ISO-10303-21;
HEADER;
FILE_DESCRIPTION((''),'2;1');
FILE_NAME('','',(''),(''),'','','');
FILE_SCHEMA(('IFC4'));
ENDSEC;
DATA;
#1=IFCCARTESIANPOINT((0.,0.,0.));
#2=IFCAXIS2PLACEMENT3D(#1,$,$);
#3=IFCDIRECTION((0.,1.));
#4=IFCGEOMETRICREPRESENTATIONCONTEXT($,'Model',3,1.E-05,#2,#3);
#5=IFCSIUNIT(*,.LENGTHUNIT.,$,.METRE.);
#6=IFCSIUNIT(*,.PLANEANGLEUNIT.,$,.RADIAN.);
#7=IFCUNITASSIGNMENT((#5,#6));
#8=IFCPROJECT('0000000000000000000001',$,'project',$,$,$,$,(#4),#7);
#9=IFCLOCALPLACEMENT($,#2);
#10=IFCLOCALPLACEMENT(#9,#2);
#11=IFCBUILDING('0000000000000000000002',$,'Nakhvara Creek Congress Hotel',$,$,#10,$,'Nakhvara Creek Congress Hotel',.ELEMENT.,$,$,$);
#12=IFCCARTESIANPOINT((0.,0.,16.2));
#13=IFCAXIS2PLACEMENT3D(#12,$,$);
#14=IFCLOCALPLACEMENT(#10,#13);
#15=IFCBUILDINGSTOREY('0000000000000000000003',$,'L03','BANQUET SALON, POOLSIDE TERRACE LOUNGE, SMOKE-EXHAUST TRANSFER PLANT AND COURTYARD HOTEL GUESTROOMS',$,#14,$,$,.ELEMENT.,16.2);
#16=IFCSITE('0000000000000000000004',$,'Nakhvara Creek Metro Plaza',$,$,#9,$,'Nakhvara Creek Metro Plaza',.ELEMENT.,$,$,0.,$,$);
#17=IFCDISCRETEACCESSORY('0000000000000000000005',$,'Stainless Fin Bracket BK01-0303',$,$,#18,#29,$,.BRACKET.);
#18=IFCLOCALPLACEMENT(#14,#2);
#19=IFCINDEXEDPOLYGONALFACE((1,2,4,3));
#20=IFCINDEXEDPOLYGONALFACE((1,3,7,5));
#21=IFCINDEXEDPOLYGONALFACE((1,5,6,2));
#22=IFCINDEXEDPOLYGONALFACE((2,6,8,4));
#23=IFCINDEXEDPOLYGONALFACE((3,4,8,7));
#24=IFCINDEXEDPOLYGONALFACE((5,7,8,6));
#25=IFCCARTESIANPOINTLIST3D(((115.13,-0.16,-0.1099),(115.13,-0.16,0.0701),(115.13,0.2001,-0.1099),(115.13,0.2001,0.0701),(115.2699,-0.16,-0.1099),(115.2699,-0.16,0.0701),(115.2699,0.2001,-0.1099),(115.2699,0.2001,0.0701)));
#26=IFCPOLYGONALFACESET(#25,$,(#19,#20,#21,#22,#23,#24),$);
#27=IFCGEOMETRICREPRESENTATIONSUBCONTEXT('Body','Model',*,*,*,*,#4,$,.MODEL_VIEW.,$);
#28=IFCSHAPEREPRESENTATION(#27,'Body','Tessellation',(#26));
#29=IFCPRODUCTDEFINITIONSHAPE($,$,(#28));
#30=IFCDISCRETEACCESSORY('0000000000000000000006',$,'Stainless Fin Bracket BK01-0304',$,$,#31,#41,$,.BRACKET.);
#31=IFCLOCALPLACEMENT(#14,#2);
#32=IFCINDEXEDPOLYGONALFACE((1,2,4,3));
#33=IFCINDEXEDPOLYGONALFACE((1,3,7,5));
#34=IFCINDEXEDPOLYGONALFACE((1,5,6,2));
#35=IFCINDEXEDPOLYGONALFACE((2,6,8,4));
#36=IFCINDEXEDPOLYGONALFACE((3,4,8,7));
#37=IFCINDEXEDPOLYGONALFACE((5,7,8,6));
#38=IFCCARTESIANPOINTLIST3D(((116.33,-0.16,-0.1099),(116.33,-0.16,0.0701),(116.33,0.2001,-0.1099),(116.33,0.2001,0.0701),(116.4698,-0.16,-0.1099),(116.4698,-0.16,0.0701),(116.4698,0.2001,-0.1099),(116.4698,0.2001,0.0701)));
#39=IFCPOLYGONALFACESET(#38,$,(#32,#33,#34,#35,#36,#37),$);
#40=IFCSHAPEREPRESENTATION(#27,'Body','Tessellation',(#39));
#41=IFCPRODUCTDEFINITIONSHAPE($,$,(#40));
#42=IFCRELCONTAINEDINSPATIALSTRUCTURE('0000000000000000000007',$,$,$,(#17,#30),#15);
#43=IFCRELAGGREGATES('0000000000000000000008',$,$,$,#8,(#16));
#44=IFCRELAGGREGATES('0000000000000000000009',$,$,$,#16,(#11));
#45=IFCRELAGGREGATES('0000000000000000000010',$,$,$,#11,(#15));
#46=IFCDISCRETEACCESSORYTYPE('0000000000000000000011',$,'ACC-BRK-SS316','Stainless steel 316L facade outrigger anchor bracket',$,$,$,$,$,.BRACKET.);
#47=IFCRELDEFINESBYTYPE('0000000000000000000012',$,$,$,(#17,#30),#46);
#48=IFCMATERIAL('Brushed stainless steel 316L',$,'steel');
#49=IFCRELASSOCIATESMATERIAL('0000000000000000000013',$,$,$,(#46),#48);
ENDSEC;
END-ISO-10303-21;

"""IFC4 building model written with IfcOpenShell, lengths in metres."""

from ifc_helpers import new_model, si_unit, direction, frame, origin, origin_2d, place, context, subcontext, project, spatial, rectangle, extrude, material, type_object, element, save


model = new_model("IFC4")

# Units and contexts
model_context = context("Model", 3, precision=1e-05, world=origin(), true_north=direction((0.0, 1.0)))
body_context = subcontext(model_context, "Body", "Model", "MODEL_VIEW")
ifc_project = project(units=[si_unit("LENGTHUNIT", "METRE"), si_unit("PLANEANGLEUNIT", "RADIAN")], contexts=[model_context])

# Site, building, storey
site_placement = place(None, origin())
site = spatial("IfcSite", under=ifc_project, at=site_placement, Name="Nakhvara Creek Metro Plaza", LongName="Nakhvara Creek Metro Plaza", CompositionType="ELEMENT", RefElevation=0.0)
building_placement = place(site_placement, origin())
building = spatial("IfcBuilding", under=site, at=building_placement, Name="Nakhvara Creek Congress Hotel", LongName="Nakhvara Creek Congress Hotel", CompositionType="ELEMENT")
storey_placement = place(building_placement, frame((0.0, 0.0, 16.2)))
storey = spatial("IfcBuildingStorey", under=building, at=storey_placement, Name="L03", Description="BANQUET SALON, POOLSIDE TERRACE LOUNGE, SMOKE-EXHAUST TRANSFER PLANT AND COURTYARD HOTEL GUESTROOMS", CompositionType="ELEMENT", Elevation=16.2)

# Discrete accessories
ifc_material_1 = material(Name="Brushed stainless steel 316L", Category="steel")
discrete_accessory_type = type_object("IfcDiscreteAccessoryType", Name="ACC-BRK-SS316", Description="Stainless steel 316L facade outrigger anchor bracket", PredefinedType="BRACKET", material=ifc_material_1)
for number, where, z_axis, x_axis, name in (
    (1, (115.2, 0.02, -0.1099), (0.0, 0.0, 1.0), (1.0, 0.0, 0.0), "Stainless Fin Bracket BK01-0303"),
    (2, (116.3999, 0.02, -0.1099), (0.0, 0.0, 1.0), (1.0, 0.0, 0.0), "Stainless Fin Bracket BK01-0304"),
):
    element("IfcDiscreteAccessory", number, at=place(storey_placement, frame(where, z_axis=z_axis, x_axis=x_axis)), inside=storey, type_object=discrete_accessory_type, Name=name, PredefinedType="BRACKET", context=body_context, shape_type="SweptSolid", body=[
        extrude(rectangle(XDim=0.1399, YDim=0.3601, at=origin_2d()), origin(), (0.0, 0.0, 1.0), 0.1799),
    ])

save(model, "model.ifc")
